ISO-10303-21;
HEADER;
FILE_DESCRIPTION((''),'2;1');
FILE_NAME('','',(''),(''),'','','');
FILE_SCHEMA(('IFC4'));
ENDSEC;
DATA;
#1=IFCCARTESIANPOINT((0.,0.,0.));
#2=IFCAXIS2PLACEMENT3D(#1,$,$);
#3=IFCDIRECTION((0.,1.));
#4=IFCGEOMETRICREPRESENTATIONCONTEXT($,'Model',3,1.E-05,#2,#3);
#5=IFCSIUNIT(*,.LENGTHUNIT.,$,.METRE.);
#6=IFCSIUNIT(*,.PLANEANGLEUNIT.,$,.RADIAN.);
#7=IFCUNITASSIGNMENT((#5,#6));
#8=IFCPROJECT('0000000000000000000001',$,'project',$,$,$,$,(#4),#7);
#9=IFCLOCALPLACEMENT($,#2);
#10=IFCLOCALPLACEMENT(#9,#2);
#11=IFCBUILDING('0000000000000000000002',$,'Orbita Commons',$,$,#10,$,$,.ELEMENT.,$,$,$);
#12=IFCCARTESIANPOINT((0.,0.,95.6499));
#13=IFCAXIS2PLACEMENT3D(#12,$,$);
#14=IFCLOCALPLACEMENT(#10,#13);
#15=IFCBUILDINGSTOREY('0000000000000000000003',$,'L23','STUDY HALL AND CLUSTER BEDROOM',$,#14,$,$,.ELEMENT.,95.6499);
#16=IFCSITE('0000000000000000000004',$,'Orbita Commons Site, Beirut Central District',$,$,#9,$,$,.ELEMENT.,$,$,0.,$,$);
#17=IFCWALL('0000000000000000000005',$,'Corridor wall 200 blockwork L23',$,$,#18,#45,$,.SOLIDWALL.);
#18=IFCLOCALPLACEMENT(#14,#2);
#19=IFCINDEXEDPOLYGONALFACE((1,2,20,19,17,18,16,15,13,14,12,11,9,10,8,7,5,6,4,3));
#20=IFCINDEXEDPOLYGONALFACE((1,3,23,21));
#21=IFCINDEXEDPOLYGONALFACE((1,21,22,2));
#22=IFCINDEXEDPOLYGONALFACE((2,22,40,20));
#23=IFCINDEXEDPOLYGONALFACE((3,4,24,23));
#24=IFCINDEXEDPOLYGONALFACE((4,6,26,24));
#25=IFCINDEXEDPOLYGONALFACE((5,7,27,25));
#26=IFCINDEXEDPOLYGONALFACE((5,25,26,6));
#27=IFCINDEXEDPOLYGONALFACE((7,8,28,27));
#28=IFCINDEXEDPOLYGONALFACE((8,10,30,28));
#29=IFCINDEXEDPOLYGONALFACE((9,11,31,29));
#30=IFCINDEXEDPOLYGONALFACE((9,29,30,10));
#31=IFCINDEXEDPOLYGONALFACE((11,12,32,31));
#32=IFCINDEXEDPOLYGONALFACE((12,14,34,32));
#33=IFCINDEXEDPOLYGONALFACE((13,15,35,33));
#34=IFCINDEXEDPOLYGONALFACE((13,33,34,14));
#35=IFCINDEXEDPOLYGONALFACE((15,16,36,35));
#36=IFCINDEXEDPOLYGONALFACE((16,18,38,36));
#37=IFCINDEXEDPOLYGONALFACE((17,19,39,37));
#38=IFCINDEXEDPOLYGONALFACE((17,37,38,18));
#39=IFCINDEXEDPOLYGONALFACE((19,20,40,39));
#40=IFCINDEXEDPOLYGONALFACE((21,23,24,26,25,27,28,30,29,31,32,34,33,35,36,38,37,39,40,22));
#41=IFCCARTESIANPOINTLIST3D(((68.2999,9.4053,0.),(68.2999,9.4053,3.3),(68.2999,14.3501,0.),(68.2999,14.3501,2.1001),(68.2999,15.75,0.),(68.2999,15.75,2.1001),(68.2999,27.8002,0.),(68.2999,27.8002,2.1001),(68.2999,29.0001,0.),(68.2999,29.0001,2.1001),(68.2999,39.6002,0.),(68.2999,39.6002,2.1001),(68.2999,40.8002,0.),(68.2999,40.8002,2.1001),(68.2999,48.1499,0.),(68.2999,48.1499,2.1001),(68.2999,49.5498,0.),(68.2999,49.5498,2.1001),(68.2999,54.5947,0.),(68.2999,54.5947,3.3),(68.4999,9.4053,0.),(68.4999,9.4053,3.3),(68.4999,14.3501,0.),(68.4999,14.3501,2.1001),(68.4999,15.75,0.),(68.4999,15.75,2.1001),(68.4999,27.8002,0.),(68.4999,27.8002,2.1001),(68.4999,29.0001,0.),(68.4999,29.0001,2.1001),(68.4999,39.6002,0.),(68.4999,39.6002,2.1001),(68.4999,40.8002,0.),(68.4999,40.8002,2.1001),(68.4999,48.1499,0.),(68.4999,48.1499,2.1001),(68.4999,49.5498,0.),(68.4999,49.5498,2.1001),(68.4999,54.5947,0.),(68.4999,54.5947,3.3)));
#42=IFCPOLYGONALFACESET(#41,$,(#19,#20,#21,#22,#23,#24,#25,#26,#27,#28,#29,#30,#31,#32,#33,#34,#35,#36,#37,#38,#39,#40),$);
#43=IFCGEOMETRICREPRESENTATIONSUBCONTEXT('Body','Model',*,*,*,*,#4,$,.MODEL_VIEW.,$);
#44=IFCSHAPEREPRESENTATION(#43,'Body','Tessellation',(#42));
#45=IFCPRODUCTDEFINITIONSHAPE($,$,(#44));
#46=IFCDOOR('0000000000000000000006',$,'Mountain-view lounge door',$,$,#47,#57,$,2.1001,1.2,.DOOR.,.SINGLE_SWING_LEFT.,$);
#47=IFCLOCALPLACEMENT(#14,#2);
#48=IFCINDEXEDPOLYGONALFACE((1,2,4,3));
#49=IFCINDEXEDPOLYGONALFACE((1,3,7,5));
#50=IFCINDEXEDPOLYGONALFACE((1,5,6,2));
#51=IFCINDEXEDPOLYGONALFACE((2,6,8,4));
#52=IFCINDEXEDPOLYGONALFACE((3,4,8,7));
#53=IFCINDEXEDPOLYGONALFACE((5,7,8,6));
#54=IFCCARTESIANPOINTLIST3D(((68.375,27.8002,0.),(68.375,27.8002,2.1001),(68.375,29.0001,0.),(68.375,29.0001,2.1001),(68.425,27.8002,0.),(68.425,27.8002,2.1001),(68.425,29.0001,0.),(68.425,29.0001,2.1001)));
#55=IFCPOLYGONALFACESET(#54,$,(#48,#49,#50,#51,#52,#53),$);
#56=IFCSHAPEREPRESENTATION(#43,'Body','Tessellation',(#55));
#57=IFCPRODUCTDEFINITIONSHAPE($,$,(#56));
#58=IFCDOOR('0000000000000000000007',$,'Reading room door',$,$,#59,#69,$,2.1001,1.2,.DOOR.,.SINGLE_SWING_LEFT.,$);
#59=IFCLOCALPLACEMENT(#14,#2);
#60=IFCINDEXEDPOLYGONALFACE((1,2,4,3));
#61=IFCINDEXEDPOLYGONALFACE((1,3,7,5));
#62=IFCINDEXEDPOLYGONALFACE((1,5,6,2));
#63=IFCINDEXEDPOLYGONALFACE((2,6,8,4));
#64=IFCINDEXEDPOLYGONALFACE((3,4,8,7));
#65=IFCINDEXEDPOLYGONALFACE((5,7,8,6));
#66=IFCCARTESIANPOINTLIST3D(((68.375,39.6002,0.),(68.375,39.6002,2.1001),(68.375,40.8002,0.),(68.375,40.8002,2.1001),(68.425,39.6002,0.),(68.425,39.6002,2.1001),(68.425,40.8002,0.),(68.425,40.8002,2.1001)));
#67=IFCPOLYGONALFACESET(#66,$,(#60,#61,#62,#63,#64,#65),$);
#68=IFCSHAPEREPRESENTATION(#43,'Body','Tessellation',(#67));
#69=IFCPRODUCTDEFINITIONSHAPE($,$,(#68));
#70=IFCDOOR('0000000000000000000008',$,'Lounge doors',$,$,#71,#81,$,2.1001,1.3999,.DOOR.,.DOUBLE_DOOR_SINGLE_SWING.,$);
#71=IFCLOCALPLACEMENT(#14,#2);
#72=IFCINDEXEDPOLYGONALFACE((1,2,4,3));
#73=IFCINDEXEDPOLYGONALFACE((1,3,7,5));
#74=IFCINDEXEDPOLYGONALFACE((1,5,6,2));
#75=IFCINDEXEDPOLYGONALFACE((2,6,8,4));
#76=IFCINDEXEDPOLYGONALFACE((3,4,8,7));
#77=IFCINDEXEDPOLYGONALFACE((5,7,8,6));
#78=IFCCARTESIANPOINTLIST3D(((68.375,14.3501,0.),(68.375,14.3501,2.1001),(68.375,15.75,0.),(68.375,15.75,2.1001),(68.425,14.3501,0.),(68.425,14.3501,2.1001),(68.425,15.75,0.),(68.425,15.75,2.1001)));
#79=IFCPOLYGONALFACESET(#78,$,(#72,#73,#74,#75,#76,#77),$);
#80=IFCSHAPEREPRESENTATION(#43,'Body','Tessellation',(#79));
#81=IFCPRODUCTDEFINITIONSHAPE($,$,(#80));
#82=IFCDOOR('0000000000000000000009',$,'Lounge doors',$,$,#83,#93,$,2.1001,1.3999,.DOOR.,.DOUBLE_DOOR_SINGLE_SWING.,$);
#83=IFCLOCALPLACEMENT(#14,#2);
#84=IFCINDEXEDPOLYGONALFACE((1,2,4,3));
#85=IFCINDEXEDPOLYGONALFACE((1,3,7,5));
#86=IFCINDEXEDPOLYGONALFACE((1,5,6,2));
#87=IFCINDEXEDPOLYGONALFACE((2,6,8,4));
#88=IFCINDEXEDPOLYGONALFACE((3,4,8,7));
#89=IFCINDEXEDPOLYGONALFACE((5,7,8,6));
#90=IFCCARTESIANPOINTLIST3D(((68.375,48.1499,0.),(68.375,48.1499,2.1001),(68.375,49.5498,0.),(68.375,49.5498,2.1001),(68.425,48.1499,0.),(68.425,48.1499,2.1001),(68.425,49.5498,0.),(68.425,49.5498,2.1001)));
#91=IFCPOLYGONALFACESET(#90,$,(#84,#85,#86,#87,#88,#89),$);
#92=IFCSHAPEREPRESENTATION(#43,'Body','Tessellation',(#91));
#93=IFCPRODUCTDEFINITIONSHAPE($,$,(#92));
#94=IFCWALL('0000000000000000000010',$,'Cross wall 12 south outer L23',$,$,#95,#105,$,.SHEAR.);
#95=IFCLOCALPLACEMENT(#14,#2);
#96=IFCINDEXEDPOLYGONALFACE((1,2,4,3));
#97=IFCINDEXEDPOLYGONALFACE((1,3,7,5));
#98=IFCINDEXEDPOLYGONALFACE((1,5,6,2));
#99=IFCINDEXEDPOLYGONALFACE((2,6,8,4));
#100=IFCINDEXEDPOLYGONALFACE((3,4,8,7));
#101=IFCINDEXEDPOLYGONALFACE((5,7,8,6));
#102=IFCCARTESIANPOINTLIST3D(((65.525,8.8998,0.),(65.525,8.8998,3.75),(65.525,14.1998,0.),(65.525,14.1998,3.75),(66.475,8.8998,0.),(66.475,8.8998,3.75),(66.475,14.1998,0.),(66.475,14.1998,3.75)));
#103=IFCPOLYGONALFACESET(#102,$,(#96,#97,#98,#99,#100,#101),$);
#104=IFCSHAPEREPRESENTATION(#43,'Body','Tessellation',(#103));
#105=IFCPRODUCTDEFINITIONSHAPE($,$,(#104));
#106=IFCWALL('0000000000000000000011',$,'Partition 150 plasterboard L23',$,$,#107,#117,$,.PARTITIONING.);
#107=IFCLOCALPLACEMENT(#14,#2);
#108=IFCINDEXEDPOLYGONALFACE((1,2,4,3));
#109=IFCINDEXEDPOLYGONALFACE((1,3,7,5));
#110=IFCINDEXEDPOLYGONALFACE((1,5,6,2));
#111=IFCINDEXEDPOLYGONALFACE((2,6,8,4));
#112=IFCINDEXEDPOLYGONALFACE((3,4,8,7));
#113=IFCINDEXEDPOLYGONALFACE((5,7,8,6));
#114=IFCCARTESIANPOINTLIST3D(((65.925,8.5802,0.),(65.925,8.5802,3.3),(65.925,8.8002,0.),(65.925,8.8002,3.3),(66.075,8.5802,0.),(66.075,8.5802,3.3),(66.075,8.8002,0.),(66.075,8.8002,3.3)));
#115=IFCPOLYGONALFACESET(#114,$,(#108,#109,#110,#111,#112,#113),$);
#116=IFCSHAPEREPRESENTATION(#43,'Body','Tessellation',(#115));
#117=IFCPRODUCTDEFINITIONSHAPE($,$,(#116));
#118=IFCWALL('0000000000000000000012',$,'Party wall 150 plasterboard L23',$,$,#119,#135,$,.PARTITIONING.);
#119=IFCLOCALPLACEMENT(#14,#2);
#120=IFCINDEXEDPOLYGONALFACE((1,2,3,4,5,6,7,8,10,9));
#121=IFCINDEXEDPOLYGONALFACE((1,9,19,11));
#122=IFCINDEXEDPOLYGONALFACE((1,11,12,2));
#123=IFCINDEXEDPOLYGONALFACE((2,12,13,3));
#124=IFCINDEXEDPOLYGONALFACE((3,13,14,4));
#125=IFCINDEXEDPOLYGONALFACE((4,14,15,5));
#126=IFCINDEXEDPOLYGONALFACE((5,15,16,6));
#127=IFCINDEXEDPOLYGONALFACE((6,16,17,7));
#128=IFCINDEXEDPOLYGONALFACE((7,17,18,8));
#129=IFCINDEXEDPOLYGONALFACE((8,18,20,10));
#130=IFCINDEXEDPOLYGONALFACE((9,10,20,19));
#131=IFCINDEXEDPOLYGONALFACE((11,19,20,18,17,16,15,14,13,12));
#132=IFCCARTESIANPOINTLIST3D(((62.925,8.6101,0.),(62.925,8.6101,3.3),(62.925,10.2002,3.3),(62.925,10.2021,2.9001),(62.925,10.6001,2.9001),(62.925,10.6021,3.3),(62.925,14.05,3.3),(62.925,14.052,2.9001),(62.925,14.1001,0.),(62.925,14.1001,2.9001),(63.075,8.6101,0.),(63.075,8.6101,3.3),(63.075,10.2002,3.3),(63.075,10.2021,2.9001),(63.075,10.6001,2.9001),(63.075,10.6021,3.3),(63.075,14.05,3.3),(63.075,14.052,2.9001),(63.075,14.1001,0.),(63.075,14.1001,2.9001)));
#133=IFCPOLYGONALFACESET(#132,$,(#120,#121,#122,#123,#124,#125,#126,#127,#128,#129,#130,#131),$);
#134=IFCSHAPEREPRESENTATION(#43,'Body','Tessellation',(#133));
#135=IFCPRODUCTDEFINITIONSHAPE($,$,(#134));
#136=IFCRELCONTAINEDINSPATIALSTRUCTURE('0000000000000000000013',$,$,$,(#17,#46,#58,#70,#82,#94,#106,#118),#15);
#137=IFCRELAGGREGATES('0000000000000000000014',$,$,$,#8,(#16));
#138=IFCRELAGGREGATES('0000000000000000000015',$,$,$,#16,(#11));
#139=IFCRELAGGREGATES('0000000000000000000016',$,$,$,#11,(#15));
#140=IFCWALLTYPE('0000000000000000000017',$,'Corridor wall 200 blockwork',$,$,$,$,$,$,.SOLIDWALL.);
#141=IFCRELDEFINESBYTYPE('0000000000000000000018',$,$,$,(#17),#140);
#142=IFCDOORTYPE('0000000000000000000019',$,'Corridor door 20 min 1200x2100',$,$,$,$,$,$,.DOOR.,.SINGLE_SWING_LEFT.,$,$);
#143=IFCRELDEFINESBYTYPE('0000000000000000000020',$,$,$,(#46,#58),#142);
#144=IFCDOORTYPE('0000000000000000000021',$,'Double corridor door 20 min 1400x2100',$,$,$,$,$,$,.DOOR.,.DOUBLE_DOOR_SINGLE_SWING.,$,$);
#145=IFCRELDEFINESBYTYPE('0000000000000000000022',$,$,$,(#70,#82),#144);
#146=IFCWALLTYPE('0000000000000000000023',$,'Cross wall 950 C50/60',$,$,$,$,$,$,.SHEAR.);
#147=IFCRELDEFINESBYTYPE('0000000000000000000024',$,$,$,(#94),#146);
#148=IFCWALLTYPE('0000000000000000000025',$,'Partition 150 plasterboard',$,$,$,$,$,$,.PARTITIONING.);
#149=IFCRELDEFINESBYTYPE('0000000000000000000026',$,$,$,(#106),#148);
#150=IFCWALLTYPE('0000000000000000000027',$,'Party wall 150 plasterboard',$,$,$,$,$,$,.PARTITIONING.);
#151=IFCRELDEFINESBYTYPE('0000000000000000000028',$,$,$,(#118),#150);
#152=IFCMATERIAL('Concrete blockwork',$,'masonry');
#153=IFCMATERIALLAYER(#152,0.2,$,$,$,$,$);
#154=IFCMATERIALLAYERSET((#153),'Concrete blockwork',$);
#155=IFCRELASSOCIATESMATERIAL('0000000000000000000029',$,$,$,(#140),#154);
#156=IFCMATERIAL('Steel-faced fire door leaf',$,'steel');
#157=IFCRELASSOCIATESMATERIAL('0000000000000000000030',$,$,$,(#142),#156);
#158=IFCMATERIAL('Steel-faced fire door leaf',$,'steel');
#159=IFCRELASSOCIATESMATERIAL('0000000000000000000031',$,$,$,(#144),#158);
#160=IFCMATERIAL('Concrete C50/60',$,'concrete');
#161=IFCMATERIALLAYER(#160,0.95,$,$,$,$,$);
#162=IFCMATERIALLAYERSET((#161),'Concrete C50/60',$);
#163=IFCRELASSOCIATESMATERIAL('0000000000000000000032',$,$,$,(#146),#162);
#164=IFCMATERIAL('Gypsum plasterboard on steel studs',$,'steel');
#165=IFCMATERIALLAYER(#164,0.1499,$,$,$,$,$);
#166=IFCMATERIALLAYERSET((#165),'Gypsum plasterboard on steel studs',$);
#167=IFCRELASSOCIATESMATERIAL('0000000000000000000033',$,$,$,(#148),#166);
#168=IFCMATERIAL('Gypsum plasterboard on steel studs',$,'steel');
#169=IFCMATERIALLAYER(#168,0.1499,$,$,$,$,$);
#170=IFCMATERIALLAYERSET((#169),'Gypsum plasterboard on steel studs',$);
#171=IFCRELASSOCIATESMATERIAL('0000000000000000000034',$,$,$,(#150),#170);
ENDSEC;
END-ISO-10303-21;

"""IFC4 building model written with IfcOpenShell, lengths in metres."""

from ifc_helpers import new_model, si_unit, direction, frame, frame_2d, origin, place, context, subcontext, project, spatial, polyline, rectangle, outline, extrude, material, layer, layer_set, type_object, element, fill, save


model = new_model("IFC4")

# Units and contexts
model_context = context("Model", 3, precision=1e-05, world=origin(), true_north=direction((0.0, 1.0)))
body_context = subcontext(model_context, "Body", "Model", "MODEL_VIEW")
ifc_project = project(units=[si_unit("LENGTHUNIT", "METRE"), si_unit("PLANEANGLEUNIT", "RADIAN")], contexts=[model_context])

# Site, building, storey
site_placement = place(None, origin())
site = spatial("IfcSite", under=ifc_project, at=site_placement, Name="Orbita Commons Site, Beirut Central District", CompositionType="ELEMENT", RefElevation=0.0)
building_placement = place(site_placement, origin())
building = spatial("IfcBuilding", under=site, at=building_placement, Name="Orbita Commons", CompositionType="ELEMENT")
storey_placement = place(building_placement, frame((0.0, 0.0, 95.6499)))
storey = spatial("IfcBuildingStorey", under=building, at=storey_placement, Name="L23", Description="STUDY HALL AND CLUSTER BEDROOM", CompositionType="ELEMENT", Elevation=95.6499)

# Wall, openings, doors
ifc_material_1 = material(Name="Concrete blockwork", Category="masonry")
ifc_layer_1 = layer(ifc_material_1, 0.2)
ifc_layer_set_1 = layer_set([ifc_layer_1], Name="Concrete blockwork")
wall_type_1 = type_object("IfcWallType", Name="Corridor wall 200 blockwork", PredefinedType="SOLIDWALL", material=ifc_layer_set_1)
wall_1_placement = place(storey_placement, frame((68.3999, 9.4053, 0.0), z_axis=(0.0, 0.0, 1.0), x_axis=(0.0, 1.0, 0.0)))
wall_1 = element("IfcWall", 1, at=wall_1_placement, inside=storey, type_object=wall_type_1, Name="Corridor wall 200 blockwork L23", PredefinedType="SOLIDWALL", context=body_context, shape_type="SweptSolid", body=[
    extrude(rectangle(XDim=45.1895, YDim=0.2, at=frame_2d((22.5947, 0.0))), origin(), (0.0, 0.0, 1.0), 3.3),
])
opening_1_placement = place(wall_1_placement, frame((18.3948, 0.0, 0.0)))
opening_1 = element("IfcOpeningElement", 2, at=opening_1_placement, cuts=wall_1, PredefinedType="OPENING", context=body_context, shape_type="SweptSolid", body=[
    extrude(rectangle(XDim=1.2, YDim=2.1001, at=frame_2d((0.6001, 1.05))), frame((0.0, 0.1099, 0.0), z_axis=(0.0, -1.0, 0.0), x_axis=(1.0, 0.0, 0.0)), (0.0, 0.0, 1.0), 0.22),
])
opening_2_placement = place(wall_1_placement, frame((30.1948, 0.0, 0.0)))
opening_2 = element("IfcOpeningElement", 3, at=opening_2_placement, cuts=wall_1, PredefinedType="OPENING", context=body_context, shape_type="SweptSolid", body=[
    extrude(rectangle(XDim=1.2, YDim=2.1001, at=frame_2d((0.6001, 1.05))), frame((0.0, 0.1099, 0.0), z_axis=(0.0, -1.0, 0.0), x_axis=(1.0, 0.0, 0.0)), (0.0, 0.0, 1.0), 0.22),
])
opening_3_placement = place(wall_1_placement, frame((4.9448, 0.0, 0.0)))
opening_3 = element("IfcOpeningElement", 4, at=opening_3_placement, cuts=wall_1, PredefinedType="OPENING", context=body_context, shape_type="SweptSolid", body=[
    extrude(rectangle(XDim=1.3999, YDim=2.1001, at=frame_2d((0.7, 1.05))), frame((0.0, 0.1099, 0.0), z_axis=(0.0, -1.0, 0.0), x_axis=(1.0, 0.0, 0.0)), (0.0, 0.0, 1.0), 0.22),
])
opening_4_placement = place(wall_1_placement, frame((38.7446, 0.0, 0.0)))
opening_4 = element("IfcOpeningElement", 5, at=opening_4_placement, cuts=wall_1, PredefinedType="OPENING", context=body_context, shape_type="SweptSolid", body=[
    extrude(rectangle(XDim=1.3999, YDim=2.1001, at=frame_2d((0.7, 1.05))), frame((0.0, 0.1099, 0.0), z_axis=(0.0, -1.0, 0.0), x_axis=(1.0, 0.0, 0.0)), (0.0, 0.0, 1.0), 0.22),
])
ifc_material_2 = material(Name="Steel-faced fire door leaf", Category="steel")
door_type_1 = type_object("IfcDoorType", Name="Corridor door 20 min 1200x2100", OperationType="SINGLE_SWING_LEFT", PredefinedType="DOOR", material=ifc_material_2)
door_1_placement = place(opening_1_placement, origin())
door_1 = element("IfcDoor", 6, at=door_1_placement, inside=storey, type_object=door_type_1, Name="Mountain-view lounge door", OperationType="SINGLE_SWING_LEFT", OverallHeight=2.1001, OverallWidth=1.2, PredefinedType="DOOR", context=body_context, shape_type="SweptSolid", body=[
    extrude(rectangle(XDim=1.2, YDim=2.1001, at=frame_2d((0.6001, 1.05))), frame((0.0, 0.0249, 0.0), z_axis=(0.0, -1.0, 0.0), x_axis=(1.0, 0.0, 0.0)), (0.0, 0.0, 1.0), 0.05),
])
fill(opening_1, door_1)
door_2_placement = place(opening_2_placement, origin())
door_2 = element("IfcDoor", 7, at=door_2_placement, inside=storey, type_object=door_type_1, Name="Reading room door", OperationType="SINGLE_SWING_LEFT", OverallHeight=2.1001, OverallWidth=1.2, PredefinedType="DOOR", context=body_context, shape_type="SweptSolid", body=[
    extrude(rectangle(XDim=1.2, YDim=2.1001, at=frame_2d((0.6001, 1.05))), frame((0.0, 0.0249, 0.0), z_axis=(0.0, -1.0, 0.0), x_axis=(1.0, 0.0, 0.0)), (0.0, 0.0, 1.0), 0.05),
])
fill(opening_2, door_2)
ifc_material_3 = material(Name="Steel-faced fire door leaf", Category="steel")
door_type_2 = type_object("IfcDoorType", Name="Double corridor door 20 min 1400x2100", OperationType="DOUBLE_DOOR_SINGLE_SWING", PredefinedType="DOOR", material=ifc_material_3)
door_3_placement = place(opening_3_placement, origin())
door_3 = element("IfcDoor", 8, at=door_3_placement, inside=storey, type_object=door_type_2, Name="Lounge doors", OperationType="DOUBLE_DOOR_SINGLE_SWING", OverallHeight=2.1001, OverallWidth=1.3999, PredefinedType="DOOR", context=body_context, shape_type="SweptSolid", body=[
    extrude(rectangle(XDim=1.3999, YDim=2.1001, at=frame_2d((0.7, 1.05))), frame((0.0, 0.0249, 0.0), z_axis=(0.0, -1.0, 0.0), x_axis=(1.0, 0.0, 0.0)), (0.0, 0.0, 1.0), 0.05),
])
fill(opening_3, door_3)
door_4_placement = place(opening_4_placement, origin())
door_4 = element("IfcDoor", 9, at=door_4_placement, inside=storey, type_object=door_type_2, Name="Lounge doors", OperationType="DOUBLE_DOOR_SINGLE_SWING", OverallHeight=2.1001, OverallWidth=1.3999, PredefinedType="DOOR", context=body_context, shape_type="SweptSolid", body=[
    extrude(rectangle(XDim=1.3999, YDim=2.1001, at=frame_2d((0.7, 1.05))), frame((0.0, 0.0249, 0.0), z_axis=(0.0, -1.0, 0.0), x_axis=(1.0, 0.0, 0.0)), (0.0, 0.0, 1.0), 0.05),
])
fill(opening_4, door_4)

# Walls
ifc_material_4 = material(Name="Concrete C50/60", Category="concrete")
ifc_layer_2 = layer(ifc_material_4, 0.95)
ifc_layer_set_2 = layer_set([ifc_layer_2], Name="Concrete C50/60")
wall_type_2 = type_object("IfcWallType", Name="Cross wall 950 C50/60", PredefinedType="SHEAR", material=ifc_layer_set_2)
wall_2_placement = place(storey_placement, frame((66.0, 8.8999, 0.0), z_axis=(0.0, 0.0, 1.0), x_axis=(0.0, 1.0, 0.0)))
element("IfcWall", 10, at=wall_2_placement, inside=storey, type_object=wall_type_2, Name="Cross wall 12 south outer L23", PredefinedType="SHEAR", context=body_context, shape_type="SweptSolid", body=[
    extrude(rectangle(XDim=5.3, YDim=0.95, at=frame_2d((2.6499, 0.0))), origin(), (0.0, 0.0, 1.0), 3.75),
])
ifc_material_5 = material(Name="Gypsum plasterboard on steel studs", Category="steel")
ifc_layer_3 = layer(ifc_material_5, 0.1499)
ifc_layer_set_3 = layer_set([ifc_layer_3], Name="Gypsum plasterboard on steel studs")
wall_type_3 = type_object("IfcWallType", Name="Partition 150 plasterboard", PredefinedType="PARTITIONING", material=ifc_layer_set_3)
wall_3_placement = place(storey_placement, frame((66.0, 8.8, 0.0), z_axis=(0.0, 0.0, 1.0), x_axis=(0.0, -1.0, 0.0)))
element("IfcWall", 11, at=wall_3_placement, inside=storey, type_object=wall_type_3, Name="Partition 150 plasterboard L23", PredefinedType="PARTITIONING", context=body_context, shape_type="SweptSolid", body=[
    extrude(rectangle(XDim=0.22, YDim=0.1499, at=frame_2d((0.1099, 0.0))), origin(), (0.0, 0.0, 1.0), 3.3),
])
ifc_material_6 = material(Name="Gypsum plasterboard on steel studs", Category="steel")
ifc_layer_4 = layer(ifc_material_6, 0.1499)
ifc_layer_set_4 = layer_set([ifc_layer_4], Name="Gypsum plasterboard on steel studs")
wall_type_4 = type_object("IfcWallType", Name="Party wall 150 plasterboard", PredefinedType="PARTITIONING", material=ifc_layer_set_4)
wall_4_placement = place(storey_placement, frame((63.0, 8.6101, 0.0), z_axis=(0.0, 0.0, 1.0), x_axis=(0.0, 1.0, 0.0)))
element("IfcWall", 12, at=wall_4_placement, inside=storey, type_object=wall_type_4, Name="Party wall 150 plasterboard L23", PredefinedType="PARTITIONING", context=body_context, shape_type="SweptSolid", body=[
    extrude(outline(polyline([(0.0, 0.0), (5.49, 0.0), (5.49, 2.9001), (5.4419, 2.9001), (5.4399, 3.3), (1.9919, 3.3), (1.99, 2.9001), (1.592, 2.9001), (1.5901, 3.3), (0.0, 3.3), (0.0, 0.0)])), frame((0.0, 0.075, 0.0), z_axis=(0.0, -1.0, 0.0), x_axis=(1.0, 0.0, 0.0)), (0.0, 0.0, 1.0), 0.1499),
])

save(model, "model.ifc")
